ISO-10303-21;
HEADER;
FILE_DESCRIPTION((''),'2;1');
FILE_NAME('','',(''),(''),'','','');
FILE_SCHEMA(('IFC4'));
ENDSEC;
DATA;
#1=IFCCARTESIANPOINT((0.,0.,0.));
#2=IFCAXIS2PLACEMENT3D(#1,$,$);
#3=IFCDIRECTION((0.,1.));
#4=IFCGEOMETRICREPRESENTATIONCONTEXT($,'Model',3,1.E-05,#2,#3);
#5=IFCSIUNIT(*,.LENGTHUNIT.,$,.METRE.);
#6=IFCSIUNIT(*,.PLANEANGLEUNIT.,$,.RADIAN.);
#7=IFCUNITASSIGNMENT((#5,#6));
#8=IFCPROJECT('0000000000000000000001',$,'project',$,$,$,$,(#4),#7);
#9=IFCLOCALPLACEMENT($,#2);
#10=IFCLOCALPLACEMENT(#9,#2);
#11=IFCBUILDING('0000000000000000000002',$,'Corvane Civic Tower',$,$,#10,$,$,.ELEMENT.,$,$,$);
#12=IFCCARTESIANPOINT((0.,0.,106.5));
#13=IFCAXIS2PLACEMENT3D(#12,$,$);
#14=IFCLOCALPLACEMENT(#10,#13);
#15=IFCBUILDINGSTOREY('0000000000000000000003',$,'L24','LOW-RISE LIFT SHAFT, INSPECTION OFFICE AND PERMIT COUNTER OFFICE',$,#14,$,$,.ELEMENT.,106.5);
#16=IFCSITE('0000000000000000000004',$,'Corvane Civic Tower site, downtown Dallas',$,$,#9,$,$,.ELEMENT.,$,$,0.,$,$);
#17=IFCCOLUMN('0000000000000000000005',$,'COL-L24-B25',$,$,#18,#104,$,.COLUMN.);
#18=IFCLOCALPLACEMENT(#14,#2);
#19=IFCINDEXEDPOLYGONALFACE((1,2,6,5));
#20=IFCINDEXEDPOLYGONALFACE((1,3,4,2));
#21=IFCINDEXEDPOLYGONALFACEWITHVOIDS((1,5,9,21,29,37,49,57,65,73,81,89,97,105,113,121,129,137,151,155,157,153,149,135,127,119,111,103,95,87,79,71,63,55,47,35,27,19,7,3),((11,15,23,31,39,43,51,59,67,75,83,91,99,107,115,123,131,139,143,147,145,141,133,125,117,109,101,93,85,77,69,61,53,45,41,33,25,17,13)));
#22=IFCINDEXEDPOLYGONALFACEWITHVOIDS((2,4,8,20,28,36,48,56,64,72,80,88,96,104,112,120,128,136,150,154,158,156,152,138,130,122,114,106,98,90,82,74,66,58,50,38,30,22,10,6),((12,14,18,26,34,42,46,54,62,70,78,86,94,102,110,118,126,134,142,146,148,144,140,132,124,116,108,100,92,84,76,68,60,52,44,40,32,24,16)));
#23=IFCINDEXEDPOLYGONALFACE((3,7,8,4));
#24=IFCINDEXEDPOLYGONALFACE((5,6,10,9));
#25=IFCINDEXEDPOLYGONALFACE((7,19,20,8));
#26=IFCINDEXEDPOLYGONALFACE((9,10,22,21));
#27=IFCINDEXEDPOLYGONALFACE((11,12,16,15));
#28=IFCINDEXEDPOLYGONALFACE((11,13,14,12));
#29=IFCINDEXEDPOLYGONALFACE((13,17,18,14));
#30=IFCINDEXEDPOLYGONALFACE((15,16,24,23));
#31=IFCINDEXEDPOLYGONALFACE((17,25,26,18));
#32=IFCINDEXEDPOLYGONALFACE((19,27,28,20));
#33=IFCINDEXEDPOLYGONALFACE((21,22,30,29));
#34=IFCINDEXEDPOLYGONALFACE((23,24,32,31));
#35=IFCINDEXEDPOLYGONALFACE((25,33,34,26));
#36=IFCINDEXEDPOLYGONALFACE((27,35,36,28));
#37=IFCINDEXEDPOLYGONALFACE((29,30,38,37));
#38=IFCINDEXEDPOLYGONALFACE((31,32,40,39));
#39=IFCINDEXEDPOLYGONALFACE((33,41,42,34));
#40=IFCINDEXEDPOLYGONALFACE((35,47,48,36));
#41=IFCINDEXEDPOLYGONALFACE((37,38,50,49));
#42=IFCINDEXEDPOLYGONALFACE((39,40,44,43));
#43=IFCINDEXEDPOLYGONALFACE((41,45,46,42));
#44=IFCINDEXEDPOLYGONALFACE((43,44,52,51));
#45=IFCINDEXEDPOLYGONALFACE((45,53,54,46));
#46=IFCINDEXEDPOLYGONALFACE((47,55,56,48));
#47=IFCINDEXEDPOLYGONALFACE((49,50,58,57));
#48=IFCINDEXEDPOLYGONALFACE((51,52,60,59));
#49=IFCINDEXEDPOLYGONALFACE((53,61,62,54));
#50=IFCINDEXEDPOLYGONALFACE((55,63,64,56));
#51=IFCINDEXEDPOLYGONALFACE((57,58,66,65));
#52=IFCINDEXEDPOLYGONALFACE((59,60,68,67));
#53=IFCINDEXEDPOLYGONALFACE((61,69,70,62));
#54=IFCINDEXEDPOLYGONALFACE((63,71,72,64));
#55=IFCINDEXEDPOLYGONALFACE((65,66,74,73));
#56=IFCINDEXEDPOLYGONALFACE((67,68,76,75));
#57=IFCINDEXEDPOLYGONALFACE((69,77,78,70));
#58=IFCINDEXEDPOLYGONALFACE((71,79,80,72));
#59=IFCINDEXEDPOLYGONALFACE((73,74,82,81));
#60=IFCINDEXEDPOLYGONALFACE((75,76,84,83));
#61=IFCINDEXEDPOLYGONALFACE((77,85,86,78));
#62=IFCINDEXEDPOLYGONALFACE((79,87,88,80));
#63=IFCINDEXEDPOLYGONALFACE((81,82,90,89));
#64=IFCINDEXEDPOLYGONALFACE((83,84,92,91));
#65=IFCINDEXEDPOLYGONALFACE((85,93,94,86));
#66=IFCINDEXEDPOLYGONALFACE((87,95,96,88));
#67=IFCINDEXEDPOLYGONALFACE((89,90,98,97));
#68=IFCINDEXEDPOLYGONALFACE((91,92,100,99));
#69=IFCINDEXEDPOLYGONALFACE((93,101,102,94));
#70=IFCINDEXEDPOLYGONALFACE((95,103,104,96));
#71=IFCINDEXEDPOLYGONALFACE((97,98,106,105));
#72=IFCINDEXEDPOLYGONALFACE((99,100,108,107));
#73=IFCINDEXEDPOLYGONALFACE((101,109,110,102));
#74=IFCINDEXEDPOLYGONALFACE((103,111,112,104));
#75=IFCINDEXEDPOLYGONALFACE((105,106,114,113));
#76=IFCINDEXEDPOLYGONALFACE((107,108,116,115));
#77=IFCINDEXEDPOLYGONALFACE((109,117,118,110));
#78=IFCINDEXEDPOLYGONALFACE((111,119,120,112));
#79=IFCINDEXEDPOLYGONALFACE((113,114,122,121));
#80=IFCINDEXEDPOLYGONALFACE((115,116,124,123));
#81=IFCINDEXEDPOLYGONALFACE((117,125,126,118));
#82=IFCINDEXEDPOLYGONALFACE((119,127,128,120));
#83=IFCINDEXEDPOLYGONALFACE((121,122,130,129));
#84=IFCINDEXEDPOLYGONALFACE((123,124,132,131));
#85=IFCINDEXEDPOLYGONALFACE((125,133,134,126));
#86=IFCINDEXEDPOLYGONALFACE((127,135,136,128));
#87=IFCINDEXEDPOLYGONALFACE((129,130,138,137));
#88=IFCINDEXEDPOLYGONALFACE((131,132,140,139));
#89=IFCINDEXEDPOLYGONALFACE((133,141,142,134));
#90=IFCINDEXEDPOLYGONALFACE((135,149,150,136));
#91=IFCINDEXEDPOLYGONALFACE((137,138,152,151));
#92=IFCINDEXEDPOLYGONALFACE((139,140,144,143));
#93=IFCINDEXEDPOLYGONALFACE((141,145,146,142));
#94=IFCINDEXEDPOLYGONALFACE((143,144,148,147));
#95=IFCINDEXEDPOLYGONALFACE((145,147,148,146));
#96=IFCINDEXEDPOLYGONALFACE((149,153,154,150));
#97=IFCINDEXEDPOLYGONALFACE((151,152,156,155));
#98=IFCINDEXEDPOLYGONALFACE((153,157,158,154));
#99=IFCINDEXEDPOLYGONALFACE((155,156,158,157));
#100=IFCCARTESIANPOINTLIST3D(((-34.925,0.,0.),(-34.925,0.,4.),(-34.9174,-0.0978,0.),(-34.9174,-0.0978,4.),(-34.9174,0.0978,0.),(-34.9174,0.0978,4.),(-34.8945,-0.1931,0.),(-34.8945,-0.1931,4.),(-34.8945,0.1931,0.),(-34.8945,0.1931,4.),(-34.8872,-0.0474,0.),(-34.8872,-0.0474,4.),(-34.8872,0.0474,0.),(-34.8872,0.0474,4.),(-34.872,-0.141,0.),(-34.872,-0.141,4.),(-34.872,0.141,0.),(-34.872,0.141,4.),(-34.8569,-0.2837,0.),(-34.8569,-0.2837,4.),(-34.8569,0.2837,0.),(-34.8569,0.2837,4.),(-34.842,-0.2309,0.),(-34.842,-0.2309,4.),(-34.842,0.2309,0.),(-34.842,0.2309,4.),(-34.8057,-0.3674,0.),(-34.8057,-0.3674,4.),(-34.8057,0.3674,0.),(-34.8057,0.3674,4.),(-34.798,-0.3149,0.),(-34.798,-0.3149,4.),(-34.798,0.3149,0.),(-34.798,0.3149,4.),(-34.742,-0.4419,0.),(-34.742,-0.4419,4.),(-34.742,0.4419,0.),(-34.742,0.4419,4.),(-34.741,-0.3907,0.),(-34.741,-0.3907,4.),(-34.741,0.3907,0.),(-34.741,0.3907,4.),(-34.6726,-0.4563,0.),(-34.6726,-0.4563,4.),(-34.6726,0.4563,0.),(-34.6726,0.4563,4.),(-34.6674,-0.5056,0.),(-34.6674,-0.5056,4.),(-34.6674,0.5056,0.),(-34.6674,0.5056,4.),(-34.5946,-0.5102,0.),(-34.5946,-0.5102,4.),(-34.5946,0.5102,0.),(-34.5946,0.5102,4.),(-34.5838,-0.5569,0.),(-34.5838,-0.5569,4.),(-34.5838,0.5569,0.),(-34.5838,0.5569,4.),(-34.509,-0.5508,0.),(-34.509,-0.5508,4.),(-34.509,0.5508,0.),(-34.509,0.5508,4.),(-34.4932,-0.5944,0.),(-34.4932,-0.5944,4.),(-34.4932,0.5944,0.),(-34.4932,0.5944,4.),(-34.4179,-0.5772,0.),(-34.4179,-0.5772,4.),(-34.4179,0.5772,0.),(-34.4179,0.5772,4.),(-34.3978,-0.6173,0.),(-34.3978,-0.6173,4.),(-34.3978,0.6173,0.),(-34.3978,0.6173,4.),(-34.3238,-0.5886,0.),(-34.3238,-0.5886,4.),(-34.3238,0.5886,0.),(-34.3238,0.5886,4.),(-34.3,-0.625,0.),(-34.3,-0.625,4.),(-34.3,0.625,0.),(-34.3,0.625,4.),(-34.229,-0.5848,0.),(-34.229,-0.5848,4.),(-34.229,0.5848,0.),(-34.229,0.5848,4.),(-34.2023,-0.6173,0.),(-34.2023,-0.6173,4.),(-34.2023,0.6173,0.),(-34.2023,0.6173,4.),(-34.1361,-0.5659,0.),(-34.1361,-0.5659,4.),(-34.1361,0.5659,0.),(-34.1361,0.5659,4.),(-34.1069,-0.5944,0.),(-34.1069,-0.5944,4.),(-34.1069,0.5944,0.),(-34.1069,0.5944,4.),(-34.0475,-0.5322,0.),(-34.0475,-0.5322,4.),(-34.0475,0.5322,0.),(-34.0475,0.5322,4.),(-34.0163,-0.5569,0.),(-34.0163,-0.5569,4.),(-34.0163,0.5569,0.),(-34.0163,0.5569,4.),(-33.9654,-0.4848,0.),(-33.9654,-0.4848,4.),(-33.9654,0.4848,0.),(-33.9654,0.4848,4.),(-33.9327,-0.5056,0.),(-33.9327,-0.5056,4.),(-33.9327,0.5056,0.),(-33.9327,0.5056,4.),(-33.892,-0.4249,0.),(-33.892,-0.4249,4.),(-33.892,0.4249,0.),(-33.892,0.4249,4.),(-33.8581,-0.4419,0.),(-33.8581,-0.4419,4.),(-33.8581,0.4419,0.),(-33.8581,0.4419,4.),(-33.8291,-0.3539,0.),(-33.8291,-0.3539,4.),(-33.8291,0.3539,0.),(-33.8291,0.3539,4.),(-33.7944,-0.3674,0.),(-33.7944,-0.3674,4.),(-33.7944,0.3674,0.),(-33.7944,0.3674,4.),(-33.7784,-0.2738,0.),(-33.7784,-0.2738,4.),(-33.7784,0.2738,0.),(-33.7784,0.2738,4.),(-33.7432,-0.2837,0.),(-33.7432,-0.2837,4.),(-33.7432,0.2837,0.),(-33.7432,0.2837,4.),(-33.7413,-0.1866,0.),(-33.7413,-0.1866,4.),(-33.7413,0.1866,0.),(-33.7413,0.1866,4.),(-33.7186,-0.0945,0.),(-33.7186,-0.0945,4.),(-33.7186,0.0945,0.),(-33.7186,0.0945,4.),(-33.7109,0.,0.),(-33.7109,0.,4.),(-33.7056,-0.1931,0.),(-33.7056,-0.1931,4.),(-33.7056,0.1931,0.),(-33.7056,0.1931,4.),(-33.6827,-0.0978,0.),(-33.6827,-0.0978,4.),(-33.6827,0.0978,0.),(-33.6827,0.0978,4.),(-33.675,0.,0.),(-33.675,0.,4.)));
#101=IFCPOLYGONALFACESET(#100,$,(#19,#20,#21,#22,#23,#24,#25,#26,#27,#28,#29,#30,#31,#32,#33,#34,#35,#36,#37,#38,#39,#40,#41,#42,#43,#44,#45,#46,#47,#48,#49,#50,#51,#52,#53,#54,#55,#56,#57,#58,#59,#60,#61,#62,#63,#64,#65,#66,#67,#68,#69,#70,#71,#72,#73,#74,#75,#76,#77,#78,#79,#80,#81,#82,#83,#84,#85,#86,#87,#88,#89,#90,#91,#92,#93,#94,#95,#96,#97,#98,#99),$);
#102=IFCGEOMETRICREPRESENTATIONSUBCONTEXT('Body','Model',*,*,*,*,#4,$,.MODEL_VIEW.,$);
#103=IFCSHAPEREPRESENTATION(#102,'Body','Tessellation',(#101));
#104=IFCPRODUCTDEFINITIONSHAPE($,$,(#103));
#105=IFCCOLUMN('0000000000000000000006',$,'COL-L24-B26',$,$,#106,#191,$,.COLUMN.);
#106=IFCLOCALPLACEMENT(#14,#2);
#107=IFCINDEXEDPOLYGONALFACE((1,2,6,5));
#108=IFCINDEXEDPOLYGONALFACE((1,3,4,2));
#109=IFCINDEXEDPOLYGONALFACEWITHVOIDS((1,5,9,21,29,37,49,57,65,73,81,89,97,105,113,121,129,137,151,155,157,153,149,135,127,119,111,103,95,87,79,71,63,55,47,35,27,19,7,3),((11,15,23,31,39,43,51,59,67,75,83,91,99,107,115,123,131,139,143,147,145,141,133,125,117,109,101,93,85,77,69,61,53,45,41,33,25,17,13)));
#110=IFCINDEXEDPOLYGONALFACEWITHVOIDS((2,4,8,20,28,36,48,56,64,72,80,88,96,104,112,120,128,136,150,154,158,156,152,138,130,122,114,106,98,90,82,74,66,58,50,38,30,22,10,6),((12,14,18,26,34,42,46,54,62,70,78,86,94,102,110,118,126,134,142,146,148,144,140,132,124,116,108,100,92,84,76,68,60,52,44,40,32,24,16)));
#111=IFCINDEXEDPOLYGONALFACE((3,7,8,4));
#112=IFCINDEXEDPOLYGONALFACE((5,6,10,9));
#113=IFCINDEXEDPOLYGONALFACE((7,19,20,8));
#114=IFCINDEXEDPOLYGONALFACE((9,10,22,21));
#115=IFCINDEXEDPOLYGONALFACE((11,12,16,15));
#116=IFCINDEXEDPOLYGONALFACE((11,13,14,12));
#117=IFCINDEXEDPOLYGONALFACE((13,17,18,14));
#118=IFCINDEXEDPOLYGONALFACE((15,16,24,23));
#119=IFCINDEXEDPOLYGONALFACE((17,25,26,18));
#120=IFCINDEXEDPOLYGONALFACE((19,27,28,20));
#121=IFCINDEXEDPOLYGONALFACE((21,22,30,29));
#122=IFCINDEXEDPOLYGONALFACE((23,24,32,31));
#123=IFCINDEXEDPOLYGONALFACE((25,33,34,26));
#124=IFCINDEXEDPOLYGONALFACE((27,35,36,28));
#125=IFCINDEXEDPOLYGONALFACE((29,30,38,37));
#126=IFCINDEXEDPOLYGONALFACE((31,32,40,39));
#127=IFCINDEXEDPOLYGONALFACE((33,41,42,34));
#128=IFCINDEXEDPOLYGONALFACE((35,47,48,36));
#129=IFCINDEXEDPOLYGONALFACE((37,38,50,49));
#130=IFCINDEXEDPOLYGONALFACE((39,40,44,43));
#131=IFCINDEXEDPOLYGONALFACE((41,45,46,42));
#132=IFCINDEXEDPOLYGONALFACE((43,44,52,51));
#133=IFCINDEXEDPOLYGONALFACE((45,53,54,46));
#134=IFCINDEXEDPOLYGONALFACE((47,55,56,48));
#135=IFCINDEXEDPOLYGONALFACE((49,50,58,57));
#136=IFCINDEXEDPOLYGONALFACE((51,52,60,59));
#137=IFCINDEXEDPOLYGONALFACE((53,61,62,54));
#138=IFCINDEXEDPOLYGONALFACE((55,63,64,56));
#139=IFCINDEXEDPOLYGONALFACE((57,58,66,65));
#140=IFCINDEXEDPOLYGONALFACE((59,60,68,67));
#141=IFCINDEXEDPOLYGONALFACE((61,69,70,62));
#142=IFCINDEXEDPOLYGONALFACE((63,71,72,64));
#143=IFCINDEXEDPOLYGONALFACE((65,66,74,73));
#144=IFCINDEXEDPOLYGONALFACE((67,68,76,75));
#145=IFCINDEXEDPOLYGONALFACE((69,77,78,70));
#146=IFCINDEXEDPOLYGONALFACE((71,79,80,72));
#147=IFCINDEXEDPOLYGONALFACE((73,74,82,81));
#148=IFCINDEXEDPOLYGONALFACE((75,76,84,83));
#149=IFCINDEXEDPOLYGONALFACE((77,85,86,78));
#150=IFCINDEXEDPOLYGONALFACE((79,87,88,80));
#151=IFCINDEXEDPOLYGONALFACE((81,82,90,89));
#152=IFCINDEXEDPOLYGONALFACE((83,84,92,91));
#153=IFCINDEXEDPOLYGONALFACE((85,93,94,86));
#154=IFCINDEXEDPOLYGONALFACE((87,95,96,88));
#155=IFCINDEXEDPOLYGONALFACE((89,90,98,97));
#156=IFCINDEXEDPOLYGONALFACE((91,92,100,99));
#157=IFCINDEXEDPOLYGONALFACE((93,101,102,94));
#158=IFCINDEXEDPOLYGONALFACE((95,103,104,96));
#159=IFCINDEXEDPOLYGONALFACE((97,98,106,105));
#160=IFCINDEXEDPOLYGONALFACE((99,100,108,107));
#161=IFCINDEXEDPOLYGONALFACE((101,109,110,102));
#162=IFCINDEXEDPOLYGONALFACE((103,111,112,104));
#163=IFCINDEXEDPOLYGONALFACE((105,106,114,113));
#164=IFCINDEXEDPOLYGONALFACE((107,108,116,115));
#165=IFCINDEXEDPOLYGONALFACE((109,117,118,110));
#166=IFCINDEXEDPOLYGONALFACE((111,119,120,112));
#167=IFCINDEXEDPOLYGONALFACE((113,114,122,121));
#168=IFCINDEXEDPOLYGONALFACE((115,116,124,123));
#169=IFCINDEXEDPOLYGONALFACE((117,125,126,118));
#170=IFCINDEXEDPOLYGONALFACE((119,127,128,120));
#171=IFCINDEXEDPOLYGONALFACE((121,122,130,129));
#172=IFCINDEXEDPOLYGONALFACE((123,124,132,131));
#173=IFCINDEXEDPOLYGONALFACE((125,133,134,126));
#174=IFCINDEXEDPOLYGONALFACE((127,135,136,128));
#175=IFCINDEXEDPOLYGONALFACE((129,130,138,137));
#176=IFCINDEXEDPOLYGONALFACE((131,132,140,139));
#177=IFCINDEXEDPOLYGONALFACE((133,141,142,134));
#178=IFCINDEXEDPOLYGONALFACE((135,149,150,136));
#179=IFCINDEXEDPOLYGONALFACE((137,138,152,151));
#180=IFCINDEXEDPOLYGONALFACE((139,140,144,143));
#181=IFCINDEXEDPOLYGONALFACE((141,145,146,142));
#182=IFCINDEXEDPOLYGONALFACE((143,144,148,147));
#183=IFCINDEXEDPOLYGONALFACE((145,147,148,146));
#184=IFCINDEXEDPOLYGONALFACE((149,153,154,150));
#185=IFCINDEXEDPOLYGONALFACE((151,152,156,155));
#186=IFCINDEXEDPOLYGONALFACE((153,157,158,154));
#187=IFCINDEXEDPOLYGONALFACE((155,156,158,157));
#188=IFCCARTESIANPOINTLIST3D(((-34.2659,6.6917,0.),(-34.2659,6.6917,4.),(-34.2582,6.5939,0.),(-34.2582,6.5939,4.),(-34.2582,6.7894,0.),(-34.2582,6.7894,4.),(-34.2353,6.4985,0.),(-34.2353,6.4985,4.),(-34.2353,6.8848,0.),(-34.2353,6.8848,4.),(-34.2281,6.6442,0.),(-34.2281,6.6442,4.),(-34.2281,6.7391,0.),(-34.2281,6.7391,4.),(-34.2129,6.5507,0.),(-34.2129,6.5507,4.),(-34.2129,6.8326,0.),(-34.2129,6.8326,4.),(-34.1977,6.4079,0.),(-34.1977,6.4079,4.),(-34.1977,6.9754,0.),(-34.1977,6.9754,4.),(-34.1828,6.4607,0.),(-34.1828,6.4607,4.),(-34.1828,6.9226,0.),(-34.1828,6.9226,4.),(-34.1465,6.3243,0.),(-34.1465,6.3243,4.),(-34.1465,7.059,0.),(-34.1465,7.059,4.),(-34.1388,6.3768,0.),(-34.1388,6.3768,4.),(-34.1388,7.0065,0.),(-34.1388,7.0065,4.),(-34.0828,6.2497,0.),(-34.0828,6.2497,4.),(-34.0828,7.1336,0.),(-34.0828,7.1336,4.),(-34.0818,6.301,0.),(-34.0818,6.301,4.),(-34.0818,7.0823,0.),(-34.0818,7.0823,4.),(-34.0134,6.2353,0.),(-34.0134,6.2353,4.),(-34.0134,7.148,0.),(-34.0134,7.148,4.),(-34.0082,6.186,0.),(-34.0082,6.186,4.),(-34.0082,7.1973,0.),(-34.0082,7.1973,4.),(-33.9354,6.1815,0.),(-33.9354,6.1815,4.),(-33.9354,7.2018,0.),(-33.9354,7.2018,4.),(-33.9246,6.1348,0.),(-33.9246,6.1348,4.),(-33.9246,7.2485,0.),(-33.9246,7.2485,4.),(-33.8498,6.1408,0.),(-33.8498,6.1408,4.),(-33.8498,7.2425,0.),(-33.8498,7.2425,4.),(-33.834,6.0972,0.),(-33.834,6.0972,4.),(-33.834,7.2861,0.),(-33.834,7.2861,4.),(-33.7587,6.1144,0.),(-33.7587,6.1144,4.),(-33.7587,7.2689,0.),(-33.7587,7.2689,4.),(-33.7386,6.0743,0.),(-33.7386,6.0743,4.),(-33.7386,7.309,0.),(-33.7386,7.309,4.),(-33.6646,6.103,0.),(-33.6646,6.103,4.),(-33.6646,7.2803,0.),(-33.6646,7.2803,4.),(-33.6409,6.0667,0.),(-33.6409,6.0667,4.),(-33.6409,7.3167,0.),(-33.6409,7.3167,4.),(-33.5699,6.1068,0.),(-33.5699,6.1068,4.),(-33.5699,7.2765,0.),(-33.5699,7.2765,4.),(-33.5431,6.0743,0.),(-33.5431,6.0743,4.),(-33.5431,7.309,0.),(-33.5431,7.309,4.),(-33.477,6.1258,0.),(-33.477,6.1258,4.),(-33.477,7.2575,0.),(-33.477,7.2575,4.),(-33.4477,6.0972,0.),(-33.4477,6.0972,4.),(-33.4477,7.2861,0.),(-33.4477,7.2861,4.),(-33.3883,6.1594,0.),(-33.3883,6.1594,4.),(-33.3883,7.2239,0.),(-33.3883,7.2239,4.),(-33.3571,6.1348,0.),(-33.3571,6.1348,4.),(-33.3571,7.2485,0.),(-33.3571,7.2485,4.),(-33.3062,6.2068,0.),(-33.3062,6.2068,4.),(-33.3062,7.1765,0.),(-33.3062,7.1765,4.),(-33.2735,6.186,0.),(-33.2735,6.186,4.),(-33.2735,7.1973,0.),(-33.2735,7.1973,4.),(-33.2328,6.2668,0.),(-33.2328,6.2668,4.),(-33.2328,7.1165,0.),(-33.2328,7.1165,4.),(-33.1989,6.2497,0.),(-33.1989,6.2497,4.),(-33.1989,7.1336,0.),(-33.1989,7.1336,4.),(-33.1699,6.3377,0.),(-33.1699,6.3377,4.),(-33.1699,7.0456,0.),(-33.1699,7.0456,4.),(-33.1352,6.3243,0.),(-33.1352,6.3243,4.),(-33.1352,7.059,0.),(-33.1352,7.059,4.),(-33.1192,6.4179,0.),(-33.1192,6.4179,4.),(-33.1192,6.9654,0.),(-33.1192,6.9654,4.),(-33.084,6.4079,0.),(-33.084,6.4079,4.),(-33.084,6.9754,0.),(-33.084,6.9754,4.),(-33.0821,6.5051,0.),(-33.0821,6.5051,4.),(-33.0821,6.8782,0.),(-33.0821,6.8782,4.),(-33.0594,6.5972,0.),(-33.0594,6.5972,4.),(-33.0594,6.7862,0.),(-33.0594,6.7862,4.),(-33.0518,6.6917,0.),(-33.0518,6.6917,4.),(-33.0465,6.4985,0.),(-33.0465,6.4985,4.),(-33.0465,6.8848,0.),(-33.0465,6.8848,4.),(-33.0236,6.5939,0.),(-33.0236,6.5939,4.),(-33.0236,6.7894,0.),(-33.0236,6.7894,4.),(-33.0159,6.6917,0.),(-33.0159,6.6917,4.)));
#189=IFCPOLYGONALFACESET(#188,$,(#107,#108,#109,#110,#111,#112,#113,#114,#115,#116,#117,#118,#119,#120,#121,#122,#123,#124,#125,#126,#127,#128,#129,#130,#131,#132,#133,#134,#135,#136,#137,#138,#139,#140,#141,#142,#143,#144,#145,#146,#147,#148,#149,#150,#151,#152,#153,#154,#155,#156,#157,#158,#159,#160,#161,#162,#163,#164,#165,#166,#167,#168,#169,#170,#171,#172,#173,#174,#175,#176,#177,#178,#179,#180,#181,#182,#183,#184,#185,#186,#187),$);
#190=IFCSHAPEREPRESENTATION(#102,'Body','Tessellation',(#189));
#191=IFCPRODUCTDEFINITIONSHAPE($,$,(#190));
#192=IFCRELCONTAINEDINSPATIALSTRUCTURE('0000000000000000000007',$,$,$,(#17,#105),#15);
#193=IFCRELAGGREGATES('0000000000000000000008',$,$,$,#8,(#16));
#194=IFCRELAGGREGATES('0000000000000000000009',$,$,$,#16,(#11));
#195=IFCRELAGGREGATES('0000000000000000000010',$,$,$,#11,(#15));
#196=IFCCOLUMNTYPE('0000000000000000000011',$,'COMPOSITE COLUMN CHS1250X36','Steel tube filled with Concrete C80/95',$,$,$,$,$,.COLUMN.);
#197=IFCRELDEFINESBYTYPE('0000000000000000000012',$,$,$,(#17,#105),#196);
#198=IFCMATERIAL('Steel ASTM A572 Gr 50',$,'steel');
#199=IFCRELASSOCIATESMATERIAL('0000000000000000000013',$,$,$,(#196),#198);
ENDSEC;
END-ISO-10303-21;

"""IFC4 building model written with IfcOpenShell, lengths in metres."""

from ifc_helpers import new_model, si_unit, direction, frame, origin, origin_2d, place, context, subcontext, project, spatial, hollow_circle, extrude, material, material_profile, profile_set, type_object, element, save


model = new_model("IFC4")

# Units and contexts
model_context = context("Model", 3, precision=1e-05, world=origin(), true_north=direction((0.0, 1.0)))
body_context = subcontext(model_context, "Body", "Model", "MODEL_VIEW")
ifc_project = project(units=[si_unit("LENGTHUNIT", "METRE"), si_unit("PLANEANGLEUNIT", "RADIAN")], contexts=[model_context])

# Site, building, storey
site_placement = place(None, origin())
site = spatial("IfcSite", under=ifc_project, at=site_placement, Name="Corvane Civic Tower site, downtown Dallas", CompositionType="ELEMENT", RefElevation=0.0)
building_placement = place(site_placement, origin())
building = spatial("IfcBuilding", under=site, at=building_placement, Name="Corvane Civic Tower", CompositionType="ELEMENT")
storey_placement = place(building_placement, frame((0.0, 0.0, 106.5)))
storey = spatial("IfcBuildingStorey", under=building, at=storey_placement, Name="L24", Description="LOW-RISE LIFT SHAFT, INSPECTION OFFICE AND PERMIT COUNTER OFFICE", CompositionType="ELEMENT", Elevation=106.5)

# Columns
ifc_material_1 = material(Name="Steel ASTM A572 Gr 50", Category="steel")
ifc_material_profile_1 = material_profile(ifc_material_1, hollow_circle(Radius=0.625, WallThickness=0.0359, at=origin_2d()), Name="CHS1250X36")
ifc_profile_set_1 = profile_set([ifc_material_profile_1], Name="Steel ASTM A572 Gr 50")
column_type = type_object("IfcColumnType", Name="COMPOSITE COLUMN CHS1250X36", Description="Steel tube filled with Concrete C80/95", PredefinedType="COLUMN", material=ifc_profile_set_1)
for number, where, z_axis, x_axis, name in (
    (1, (-34.3, 0.0, 0.0), (0.0, 0.0, 1.0), (1.0, 0.0, 0.0), "COL-L24-B25"),
    (2, (-33.6409, 6.6917, 0.0), (0.0, 0.0, 1.0), (1.0, 0.0, 0.0), "COL-L24-B26"),
):
    element("IfcColumn", number, at=place(storey_placement, frame(where, z_axis=z_axis, x_axis=x_axis)), inside=storey, type_object=column_type, Name=name, PredefinedType="COLUMN", context=body_context, shape_type="SweptSolid", body=[
        extrude(hollow_circle(Radius=0.625, WallThickness=0.0359, at=origin_2d()), origin(), (0.0, 0.0, 1.0), 4.0),
    ])

save(model, "model.ifc")
